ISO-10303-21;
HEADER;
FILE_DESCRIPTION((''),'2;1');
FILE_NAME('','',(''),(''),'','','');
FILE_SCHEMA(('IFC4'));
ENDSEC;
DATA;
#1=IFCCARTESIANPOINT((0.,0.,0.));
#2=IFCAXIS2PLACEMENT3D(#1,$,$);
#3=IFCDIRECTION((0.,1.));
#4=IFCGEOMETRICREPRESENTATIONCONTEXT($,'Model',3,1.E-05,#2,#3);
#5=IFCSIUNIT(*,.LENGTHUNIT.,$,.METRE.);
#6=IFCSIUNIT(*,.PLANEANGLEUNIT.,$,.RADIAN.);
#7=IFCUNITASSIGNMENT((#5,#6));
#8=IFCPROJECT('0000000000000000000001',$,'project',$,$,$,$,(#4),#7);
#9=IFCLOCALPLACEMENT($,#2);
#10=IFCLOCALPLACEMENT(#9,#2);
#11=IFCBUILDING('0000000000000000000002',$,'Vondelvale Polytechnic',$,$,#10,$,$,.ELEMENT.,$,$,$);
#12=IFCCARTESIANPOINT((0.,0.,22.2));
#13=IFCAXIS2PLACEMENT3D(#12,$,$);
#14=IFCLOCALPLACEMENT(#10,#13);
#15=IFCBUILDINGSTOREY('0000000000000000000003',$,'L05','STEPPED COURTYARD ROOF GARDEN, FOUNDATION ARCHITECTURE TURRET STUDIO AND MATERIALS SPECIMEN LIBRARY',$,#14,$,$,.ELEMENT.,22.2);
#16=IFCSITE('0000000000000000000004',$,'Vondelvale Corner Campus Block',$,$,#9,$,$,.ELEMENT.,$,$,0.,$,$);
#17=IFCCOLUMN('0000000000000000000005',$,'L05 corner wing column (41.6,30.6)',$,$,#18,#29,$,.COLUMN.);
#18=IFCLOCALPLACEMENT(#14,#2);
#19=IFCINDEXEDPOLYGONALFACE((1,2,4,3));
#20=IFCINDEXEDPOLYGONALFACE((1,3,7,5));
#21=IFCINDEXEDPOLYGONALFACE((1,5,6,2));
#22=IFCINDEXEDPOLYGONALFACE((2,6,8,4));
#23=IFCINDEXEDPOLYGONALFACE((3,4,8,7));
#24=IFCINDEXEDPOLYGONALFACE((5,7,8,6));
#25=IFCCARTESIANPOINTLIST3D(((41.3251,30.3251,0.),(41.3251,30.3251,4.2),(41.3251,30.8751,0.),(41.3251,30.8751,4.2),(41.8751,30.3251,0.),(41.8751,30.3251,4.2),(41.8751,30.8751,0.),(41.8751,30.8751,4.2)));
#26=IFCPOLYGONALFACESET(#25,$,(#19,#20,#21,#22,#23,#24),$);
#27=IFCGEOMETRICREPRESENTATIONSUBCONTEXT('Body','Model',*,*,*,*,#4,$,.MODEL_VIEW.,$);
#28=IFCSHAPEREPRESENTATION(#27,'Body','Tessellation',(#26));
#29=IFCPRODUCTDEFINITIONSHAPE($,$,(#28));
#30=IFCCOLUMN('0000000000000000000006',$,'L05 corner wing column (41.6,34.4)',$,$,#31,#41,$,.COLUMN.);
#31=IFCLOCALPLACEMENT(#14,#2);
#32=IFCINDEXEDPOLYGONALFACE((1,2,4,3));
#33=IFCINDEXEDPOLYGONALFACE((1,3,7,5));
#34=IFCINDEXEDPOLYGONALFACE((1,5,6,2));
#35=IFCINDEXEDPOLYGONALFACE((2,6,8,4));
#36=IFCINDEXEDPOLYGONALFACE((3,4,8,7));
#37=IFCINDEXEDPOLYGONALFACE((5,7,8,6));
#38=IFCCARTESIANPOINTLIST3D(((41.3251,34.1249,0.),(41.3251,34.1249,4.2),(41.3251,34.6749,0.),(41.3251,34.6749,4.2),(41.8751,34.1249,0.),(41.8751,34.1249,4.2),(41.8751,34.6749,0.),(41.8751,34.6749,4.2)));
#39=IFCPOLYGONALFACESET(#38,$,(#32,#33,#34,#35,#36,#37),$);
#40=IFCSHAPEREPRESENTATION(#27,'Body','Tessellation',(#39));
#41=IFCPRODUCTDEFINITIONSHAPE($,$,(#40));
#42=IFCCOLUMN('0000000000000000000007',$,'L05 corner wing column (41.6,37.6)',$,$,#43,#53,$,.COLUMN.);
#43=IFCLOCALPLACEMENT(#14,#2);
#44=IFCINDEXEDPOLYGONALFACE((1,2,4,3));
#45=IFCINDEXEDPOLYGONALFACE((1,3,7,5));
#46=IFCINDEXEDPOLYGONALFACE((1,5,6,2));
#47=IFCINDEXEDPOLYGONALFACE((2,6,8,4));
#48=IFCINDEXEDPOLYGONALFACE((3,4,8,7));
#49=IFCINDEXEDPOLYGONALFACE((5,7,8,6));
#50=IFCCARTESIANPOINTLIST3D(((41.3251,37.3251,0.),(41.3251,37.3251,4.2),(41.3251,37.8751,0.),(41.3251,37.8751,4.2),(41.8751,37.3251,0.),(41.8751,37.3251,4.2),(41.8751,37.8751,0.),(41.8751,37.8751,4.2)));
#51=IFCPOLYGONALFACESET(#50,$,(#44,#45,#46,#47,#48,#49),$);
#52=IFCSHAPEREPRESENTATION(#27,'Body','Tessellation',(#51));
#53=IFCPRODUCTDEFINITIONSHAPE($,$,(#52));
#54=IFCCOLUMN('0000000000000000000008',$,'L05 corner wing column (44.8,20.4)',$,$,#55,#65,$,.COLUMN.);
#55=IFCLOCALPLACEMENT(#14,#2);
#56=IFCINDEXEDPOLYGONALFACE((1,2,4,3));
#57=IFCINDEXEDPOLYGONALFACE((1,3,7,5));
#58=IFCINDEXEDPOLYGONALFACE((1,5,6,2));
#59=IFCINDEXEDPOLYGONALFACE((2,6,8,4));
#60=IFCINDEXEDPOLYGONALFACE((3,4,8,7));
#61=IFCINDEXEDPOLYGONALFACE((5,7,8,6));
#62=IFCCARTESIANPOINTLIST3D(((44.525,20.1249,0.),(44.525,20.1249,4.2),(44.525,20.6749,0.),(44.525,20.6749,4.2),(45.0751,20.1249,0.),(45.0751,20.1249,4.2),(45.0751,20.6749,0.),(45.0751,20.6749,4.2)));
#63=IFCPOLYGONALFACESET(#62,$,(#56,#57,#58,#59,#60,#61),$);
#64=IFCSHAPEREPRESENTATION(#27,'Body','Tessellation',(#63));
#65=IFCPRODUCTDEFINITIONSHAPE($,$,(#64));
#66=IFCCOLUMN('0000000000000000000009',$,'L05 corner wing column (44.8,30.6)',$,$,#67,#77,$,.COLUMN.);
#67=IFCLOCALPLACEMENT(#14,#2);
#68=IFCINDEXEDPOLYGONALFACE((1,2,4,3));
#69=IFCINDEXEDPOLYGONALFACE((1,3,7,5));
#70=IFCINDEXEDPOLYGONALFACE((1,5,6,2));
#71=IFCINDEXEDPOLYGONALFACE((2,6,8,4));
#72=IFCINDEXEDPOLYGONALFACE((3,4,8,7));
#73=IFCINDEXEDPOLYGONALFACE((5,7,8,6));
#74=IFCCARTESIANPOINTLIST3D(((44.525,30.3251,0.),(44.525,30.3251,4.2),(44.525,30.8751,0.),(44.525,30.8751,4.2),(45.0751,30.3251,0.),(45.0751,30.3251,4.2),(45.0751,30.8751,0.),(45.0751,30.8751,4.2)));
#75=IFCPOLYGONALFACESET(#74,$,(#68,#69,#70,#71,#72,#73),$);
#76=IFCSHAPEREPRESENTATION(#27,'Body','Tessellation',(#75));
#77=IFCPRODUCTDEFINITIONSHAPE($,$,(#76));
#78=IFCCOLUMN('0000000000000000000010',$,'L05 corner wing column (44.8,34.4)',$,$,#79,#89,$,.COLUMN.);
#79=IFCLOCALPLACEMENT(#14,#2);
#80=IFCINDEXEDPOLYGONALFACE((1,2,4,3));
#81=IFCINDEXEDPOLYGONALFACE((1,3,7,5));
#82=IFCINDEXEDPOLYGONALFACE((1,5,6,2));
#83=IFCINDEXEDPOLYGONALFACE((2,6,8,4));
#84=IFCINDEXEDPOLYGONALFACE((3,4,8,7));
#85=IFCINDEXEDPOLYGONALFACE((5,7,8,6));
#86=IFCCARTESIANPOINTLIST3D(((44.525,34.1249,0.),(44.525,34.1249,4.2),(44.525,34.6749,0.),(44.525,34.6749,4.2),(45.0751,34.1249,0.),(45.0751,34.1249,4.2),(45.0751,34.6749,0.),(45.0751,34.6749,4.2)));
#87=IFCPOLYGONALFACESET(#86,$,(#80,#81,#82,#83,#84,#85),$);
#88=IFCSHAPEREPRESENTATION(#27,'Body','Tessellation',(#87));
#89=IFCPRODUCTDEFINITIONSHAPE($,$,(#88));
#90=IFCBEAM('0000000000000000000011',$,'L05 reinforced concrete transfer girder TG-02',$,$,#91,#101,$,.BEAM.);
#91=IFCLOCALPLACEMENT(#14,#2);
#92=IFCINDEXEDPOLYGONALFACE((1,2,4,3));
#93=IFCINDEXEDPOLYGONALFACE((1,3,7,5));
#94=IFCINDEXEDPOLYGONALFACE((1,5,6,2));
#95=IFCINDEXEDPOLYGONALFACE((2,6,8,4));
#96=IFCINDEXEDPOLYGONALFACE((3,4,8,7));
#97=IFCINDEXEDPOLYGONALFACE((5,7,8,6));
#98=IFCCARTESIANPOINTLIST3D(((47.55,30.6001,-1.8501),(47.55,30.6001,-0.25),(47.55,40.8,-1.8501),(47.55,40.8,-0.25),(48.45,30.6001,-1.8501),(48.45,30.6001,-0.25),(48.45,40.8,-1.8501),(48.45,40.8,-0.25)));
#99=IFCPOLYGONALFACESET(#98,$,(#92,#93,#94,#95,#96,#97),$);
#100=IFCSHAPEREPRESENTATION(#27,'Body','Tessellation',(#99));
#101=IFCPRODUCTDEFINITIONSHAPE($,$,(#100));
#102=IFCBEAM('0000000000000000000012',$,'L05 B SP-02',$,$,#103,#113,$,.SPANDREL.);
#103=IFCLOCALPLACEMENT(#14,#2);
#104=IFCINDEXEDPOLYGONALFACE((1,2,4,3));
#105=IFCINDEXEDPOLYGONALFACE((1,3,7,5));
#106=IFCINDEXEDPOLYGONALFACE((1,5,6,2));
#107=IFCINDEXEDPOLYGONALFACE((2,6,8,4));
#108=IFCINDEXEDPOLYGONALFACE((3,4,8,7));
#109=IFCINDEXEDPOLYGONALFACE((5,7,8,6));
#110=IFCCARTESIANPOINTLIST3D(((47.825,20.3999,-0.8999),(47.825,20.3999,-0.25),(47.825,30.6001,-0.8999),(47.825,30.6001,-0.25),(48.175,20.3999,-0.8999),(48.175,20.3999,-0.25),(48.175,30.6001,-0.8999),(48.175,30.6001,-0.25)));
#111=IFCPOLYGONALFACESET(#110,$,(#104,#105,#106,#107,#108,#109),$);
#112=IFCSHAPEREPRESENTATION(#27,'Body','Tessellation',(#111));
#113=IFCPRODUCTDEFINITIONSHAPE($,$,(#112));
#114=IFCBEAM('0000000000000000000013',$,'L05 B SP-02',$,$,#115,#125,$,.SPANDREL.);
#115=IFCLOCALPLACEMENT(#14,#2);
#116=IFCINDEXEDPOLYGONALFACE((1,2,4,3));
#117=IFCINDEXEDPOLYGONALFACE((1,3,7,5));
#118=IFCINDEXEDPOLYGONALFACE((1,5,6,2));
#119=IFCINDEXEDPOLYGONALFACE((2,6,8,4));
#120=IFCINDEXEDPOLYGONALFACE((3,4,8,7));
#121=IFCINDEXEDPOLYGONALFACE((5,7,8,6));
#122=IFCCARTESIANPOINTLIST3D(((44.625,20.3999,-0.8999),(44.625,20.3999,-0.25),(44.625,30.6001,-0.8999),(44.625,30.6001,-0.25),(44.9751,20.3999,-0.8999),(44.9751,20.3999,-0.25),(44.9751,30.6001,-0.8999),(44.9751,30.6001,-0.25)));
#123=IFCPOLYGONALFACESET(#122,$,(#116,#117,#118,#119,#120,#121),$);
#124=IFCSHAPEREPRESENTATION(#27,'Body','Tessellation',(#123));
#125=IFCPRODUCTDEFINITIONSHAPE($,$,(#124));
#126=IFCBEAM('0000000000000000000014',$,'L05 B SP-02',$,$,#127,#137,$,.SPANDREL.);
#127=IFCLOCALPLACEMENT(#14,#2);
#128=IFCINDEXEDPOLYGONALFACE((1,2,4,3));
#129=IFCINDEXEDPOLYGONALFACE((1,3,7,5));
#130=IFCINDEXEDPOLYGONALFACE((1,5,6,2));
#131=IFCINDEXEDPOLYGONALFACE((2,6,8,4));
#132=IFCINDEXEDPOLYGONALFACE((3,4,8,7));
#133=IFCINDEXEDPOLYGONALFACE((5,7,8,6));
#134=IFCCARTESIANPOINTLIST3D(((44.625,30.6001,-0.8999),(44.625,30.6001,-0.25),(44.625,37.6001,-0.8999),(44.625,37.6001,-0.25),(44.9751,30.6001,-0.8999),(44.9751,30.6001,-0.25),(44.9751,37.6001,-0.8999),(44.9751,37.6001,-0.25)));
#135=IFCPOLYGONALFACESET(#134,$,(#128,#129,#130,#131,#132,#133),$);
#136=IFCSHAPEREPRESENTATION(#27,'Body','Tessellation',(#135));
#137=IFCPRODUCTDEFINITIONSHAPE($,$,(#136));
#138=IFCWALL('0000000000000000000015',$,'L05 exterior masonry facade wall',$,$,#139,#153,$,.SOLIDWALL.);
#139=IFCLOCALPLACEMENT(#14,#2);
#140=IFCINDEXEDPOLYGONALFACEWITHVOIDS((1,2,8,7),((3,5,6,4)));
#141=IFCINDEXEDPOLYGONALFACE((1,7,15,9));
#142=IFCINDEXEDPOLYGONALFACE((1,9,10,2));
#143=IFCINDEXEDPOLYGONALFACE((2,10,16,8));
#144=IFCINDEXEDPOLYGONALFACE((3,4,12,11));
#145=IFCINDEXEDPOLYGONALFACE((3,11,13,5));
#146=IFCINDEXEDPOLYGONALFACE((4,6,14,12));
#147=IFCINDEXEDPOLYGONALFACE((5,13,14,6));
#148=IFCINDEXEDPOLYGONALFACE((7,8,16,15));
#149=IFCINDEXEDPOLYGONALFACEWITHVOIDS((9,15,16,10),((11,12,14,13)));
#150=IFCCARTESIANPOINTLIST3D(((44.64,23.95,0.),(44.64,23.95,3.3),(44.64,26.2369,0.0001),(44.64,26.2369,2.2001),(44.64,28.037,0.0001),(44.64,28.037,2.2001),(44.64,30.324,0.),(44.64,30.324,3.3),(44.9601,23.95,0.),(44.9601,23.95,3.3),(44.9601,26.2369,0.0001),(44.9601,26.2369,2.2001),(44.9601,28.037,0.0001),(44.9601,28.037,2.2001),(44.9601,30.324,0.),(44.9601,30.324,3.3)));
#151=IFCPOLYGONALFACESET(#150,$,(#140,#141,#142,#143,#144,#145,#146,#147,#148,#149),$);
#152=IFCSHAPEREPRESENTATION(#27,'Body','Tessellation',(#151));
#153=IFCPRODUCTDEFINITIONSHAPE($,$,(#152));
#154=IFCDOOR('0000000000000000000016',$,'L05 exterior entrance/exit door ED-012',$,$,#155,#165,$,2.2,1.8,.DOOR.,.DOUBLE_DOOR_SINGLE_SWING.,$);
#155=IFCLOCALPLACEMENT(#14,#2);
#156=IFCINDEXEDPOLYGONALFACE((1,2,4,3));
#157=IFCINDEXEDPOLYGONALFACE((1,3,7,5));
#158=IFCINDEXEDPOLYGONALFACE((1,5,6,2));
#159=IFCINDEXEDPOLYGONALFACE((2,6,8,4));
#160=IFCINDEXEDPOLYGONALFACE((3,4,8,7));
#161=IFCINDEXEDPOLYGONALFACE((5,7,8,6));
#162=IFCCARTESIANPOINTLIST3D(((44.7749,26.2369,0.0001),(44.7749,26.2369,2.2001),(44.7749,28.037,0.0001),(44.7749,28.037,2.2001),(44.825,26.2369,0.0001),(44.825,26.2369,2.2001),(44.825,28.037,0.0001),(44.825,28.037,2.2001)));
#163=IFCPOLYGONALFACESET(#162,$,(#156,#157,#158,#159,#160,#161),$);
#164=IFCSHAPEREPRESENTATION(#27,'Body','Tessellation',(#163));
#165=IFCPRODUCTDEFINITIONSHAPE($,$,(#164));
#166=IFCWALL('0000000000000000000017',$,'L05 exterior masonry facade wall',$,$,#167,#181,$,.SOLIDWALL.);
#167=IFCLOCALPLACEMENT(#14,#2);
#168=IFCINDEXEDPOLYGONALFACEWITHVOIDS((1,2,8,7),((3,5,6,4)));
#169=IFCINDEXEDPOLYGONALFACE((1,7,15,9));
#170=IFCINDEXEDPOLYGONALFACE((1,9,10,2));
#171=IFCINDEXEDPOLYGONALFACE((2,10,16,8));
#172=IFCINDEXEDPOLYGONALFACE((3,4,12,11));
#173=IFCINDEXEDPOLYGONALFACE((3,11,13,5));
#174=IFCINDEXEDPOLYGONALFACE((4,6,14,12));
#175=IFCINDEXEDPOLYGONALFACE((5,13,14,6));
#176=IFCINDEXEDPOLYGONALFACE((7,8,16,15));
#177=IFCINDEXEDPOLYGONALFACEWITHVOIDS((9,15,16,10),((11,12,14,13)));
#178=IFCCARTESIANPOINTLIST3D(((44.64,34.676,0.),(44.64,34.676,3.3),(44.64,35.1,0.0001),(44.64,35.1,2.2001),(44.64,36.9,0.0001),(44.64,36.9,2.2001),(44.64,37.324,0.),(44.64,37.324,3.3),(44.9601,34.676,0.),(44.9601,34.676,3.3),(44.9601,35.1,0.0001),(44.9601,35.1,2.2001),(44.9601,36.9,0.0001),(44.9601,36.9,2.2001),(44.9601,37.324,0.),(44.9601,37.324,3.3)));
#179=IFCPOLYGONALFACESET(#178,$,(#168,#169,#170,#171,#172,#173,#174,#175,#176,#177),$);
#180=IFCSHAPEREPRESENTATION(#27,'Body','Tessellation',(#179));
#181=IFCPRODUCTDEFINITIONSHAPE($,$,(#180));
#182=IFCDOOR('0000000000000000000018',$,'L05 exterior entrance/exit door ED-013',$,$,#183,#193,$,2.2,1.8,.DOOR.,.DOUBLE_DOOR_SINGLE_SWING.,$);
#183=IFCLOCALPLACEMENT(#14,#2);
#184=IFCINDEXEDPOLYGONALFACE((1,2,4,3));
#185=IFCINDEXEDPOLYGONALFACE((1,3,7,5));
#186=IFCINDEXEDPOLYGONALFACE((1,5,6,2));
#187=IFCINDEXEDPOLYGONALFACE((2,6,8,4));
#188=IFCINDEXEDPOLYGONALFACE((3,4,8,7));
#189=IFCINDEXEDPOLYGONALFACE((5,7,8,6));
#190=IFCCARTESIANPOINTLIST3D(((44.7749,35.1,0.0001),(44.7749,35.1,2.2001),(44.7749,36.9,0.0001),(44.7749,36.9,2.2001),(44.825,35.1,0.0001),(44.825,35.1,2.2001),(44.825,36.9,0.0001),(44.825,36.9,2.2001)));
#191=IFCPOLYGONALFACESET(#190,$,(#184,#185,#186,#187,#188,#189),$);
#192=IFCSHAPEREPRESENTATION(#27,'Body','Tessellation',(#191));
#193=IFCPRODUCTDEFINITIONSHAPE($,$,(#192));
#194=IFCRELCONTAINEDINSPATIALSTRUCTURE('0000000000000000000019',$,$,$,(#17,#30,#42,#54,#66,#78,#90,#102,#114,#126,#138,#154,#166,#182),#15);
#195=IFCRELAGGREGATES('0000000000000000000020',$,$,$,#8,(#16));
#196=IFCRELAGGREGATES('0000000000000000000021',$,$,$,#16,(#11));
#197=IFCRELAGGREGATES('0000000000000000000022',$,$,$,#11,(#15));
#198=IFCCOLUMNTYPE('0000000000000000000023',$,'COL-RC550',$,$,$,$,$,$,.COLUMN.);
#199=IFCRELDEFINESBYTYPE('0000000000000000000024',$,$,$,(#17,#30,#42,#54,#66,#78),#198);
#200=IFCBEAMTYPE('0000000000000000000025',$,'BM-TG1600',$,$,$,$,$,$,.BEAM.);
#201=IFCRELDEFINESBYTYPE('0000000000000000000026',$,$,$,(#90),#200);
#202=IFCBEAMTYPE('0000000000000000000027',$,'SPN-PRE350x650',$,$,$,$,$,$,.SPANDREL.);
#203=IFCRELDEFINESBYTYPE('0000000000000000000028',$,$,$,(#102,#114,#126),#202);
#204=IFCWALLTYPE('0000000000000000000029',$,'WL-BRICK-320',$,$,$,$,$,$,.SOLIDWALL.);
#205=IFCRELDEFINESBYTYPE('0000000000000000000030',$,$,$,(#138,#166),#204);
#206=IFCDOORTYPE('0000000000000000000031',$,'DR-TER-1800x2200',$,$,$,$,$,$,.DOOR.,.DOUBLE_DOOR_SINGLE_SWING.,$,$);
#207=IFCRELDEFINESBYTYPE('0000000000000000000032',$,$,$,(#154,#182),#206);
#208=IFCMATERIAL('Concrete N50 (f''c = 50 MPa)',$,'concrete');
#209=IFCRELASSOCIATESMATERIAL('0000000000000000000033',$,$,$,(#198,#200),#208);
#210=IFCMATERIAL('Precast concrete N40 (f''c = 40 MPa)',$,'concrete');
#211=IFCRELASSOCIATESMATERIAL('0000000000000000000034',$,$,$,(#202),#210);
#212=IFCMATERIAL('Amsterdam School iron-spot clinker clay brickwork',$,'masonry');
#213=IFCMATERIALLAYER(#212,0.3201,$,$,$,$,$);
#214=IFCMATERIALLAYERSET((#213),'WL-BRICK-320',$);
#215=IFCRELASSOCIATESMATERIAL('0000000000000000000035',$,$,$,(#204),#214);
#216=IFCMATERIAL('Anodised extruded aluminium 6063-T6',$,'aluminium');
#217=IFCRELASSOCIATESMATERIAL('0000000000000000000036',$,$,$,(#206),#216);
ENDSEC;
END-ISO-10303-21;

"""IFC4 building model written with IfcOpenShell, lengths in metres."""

from ifc_helpers import new_model, si_unit, direction, frame, frame_2d, origin, origin_2d, place, context, subcontext, project, spatial, rectangle, extrude, material, layer, layer_set, material_profile, profile_set, type_object, element, fill, save


model = new_model("IFC4")

# Units and contexts
model_context = context("Model", 3, precision=1e-05, world=origin(), true_north=direction((0.0, 1.0)))
body_context = subcontext(model_context, "Body", "Model", "MODEL_VIEW")
ifc_project = project(units=[si_unit("LENGTHUNIT", "METRE"), si_unit("PLANEANGLEUNIT", "RADIAN")], contexts=[model_context])

# Site, building, storey
site_placement = place(None, origin())
site = spatial("IfcSite", under=ifc_project, at=site_placement, Name="Vondelvale Corner Campus Block", CompositionType="ELEMENT", RefElevation=0.0)
building_placement = place(site_placement, origin())
building = spatial("IfcBuilding", under=site, at=building_placement, Name="Vondelvale Polytechnic", CompositionType="ELEMENT")
storey_placement = place(building_placement, frame((0.0, 0.0, 22.2)))
storey = spatial("IfcBuildingStorey", under=building, at=storey_placement, Name="L05", Description="STEPPED COURTYARD ROOF GARDEN, FOUNDATION ARCHITECTURE TURRET STUDIO AND MATERIALS SPECIMEN LIBRARY", CompositionType="ELEMENT", Elevation=22.2)

# Columns
ifc_material_1 = material(Name="Concrete N50 (f'c = 50 MPa)", Category="concrete")
ifc_material_profile_1 = material_profile(ifc_material_1, rectangle(XDim=0.55, YDim=0.55, at=origin_2d()), Name="RC-COL-550x550")
ifc_profile_set_1 = profile_set([ifc_material_profile_1], Name="Concrete N50 (f'c = 50 MPa)")
column_type = type_object("IfcColumnType", Name="COL-RC550", PredefinedType="COLUMN", material=ifc_profile_set_1)
for number, where, z_axis, x_axis, name in (
    (1, (41.6001, 30.6001, 0.0), (0.0, 0.0, 1.0), (1.0, 0.0, 0.0), "L05 corner wing column (41.6,30.6)"),
    (2, (41.6001, 34.3999, 0.0), (0.0, 0.0, 1.0), (1.0, 0.0, 0.0), "L05 corner wing column (41.6,34.4)"),
    (3, (41.6001, 37.6001, 0.0), (0.0, 0.0, 1.0), (1.0, 0.0, 0.0), "L05 corner wing column (41.6,37.6)"),
    (4, (44.8, 20.3999, 0.0), (0.0, 0.0, 1.0), (1.0, 0.0, 0.0), "L05 corner wing column (44.8,20.4)"),
    (5, (44.8, 30.6001, 0.0), (0.0, 0.0, 1.0), (1.0, 0.0, 0.0), "L05 corner wing column (44.8,30.6)"),
    (6, (44.8, 34.3999, 0.0), (0.0, 0.0, 1.0), (1.0, 0.0, 0.0), "L05 corner wing column (44.8,34.4)"),
):
    element("IfcColumn", number, at=place(storey_placement, frame(where, z_axis=z_axis, x_axis=x_axis)), inside=storey, type_object=column_type, Name=name, PredefinedType="COLUMN", context=body_context, shape_type="SweptSolid", body=[
        extrude(rectangle(XDim=0.55, YDim=0.55, at=origin_2d()), origin(), (0.0, 0.0, 1.0), 4.2),
    ])

# Beams
ifc_material_profile_2 = material_profile(ifc_material_1, rectangle(XDim=0.8999, YDim=1.6001, at=origin_2d()), Name="RC-TG-900x1600")
ifc_profile_set_2 = profile_set([ifc_material_profile_2], Name="Concrete N50 (f'c = 50 MPa)")
beam_type_1 = type_object("IfcBeamType", Name="BM-TG1600", PredefinedType="BEAM", material=ifc_profile_set_2)
beam_1_placement = place(storey_placement, frame((48.0, 30.6001, -1.05), z_axis=(0.0, 1.0, 0.0), x_axis=(-1.0, 0.0, 0.0)))
element("IfcBeam", 7, at=beam_1_placement, inside=storey, type_object=beam_type_1, Name="L05 reinforced concrete transfer girder TG-02", PredefinedType="BEAM", context=body_context, shape_type="SweptSolid", body=[
    extrude(rectangle(XDim=0.8999, YDim=1.6001, at=origin_2d()), origin(), (0.0, 0.0, 1.0), 10.2),
])
ifc_material_2 = material(Name="Precast concrete N40 (f'c = 40 MPa)", Category="concrete")
ifc_material_profile_3 = material_profile(ifc_material_2, rectangle(XDim=0.3501, YDim=0.6499, at=origin_2d()), Name="RC-SPN-350x650")
ifc_profile_set_3 = profile_set([ifc_material_profile_3], Name="Precast concrete N40 (f'c = 40 MPa)")
beam_type_2 = type_object("IfcBeamType", Name="SPN-PRE350x650", PredefinedType="SPANDREL", material=ifc_profile_set_3)
for number, where, z_axis, x_axis, name in (
    (8, (48.0, 20.3999, -0.575), (0.0, 1.0, 0.0), (-1.0, 0.0, 0.0), "L05 B SP-02"),
    (9, (44.8, 20.3999, -0.575), (0.0, 1.0, 0.0), (-1.0, 0.0, 0.0), "L05 B SP-02"),
):
    element("IfcBeam", number, at=place(storey_placement, frame(where, z_axis=z_axis, x_axis=x_axis)), inside=storey, type_object=beam_type_2, Name=name, PredefinedType="SPANDREL", context=body_context, shape_type="SweptSolid", body=[
        extrude(rectangle(XDim=0.3501, YDim=0.6499, at=origin_2d()), origin(), (0.0, 0.0, 1.0), 10.2002),
    ])
beam_2_placement = place(storey_placement, frame((44.8, 30.6001, -0.575), z_axis=(0.0, 1.0, 0.0), x_axis=(-1.0, 0.0, 0.0)))
element("IfcBeam", 10, at=beam_2_placement, inside=storey, type_object=beam_type_2, Name="L05 B SP-02", PredefinedType="SPANDREL", context=body_context, shape_type="SweptSolid", body=[
    extrude(rectangle(XDim=0.3501, YDim=0.6499, at=origin_2d()), origin(), (0.0, 0.0, 1.0), 7.0),
])

# Walls, openings, doors
ifc_material_3 = material(Name="Amsterdam School iron-spot clinker clay brickwork", Category="masonry")
ifc_layer_1 = layer(ifc_material_3, 0.3201)
ifc_layer_set_1 = layer_set([ifc_layer_1], Name="WL-BRICK-320")
wall_type = type_object("IfcWallType", Name="WL-BRICK-320", PredefinedType="SOLIDWALL", material=ifc_layer_set_1)
ifc_material_4 = material(Name="Anodised extruded aluminium 6063-T6", Category="aluminium")
wall_1_placement = place(storey_placement, frame((44.8, 30.324, 0.0), z_axis=(0.0, 0.0, 1.0), x_axis=(0.0, -1.0, 0.0)))
wall_1 = element("IfcWall", 11, at=wall_1_placement, inside=storey, type_object=wall_type, Name="L05 exterior masonry facade wall", PredefinedType="SOLIDWALL", context=body_context, shape_type="SweptSolid", body=[
    extrude(rectangle(XDim=6.374, YDim=0.3201, at=frame_2d((3.187, 0.0))), origin(), (0.0, 0.0, 1.0), 3.3),
])
opening_1_placement = place(wall_1_placement, frame((2.2871, 0.0, 0.0)))
opening_1 = element("IfcOpeningElement", 12, at=opening_1_placement, cuts=wall_1, PredefinedType="OPENING", context=body_context, shape_type="SweptSolid", body=[
    extrude(rectangle(XDim=1.8, YDim=2.2, at=frame_2d((0.8999, 1.1001))), frame((0.0, 0.1699, 0.0), z_axis=(0.0, -1.0, 0.0), x_axis=(1.0, 0.0, 0.0)), (0.0, 0.0, 1.0), 0.3401),
])
door_type_1 = type_object("IfcDoorType", Name="DR-TER-1800x2200", OperationType="DOUBLE_DOOR_SINGLE_SWING", PredefinedType="DOOR", material=ifc_material_4)
door_1_placement = place(opening_1_placement, origin())
door_1 = element("IfcDoor", 13, at=door_1_placement, inside=storey, type_object=door_type_1, Name="L05 exterior entrance/exit door ED-012", OperationType="DOUBLE_DOOR_SINGLE_SWING", OverallHeight=2.2, OverallWidth=1.8, PredefinedType="DOOR", context=body_context, shape_type="SweptSolid", body=[
    extrude(rectangle(XDim=1.8, YDim=2.2, at=frame_2d((0.8999, 1.1001))), frame((0.0, 0.0249, 0.0), z_axis=(0.0, -1.0, 0.0), x_axis=(1.0, 0.0, 0.0)), (0.0, 0.0, 1.0), 0.05),
])
fill(opening_1, door_1)
wall_2_placement = place(storey_placement, frame((44.8, 37.324, 0.0), z_axis=(0.0, 0.0, 1.0), x_axis=(0.0, -1.0, 0.0)))
wall_2 = element("IfcWall", 14, at=wall_2_placement, inside=storey, type_object=wall_type, Name="L05 exterior masonry facade wall", PredefinedType="SOLIDWALL", context=body_context, shape_type="SweptSolid", body=[
    extrude(rectangle(XDim=2.6479, YDim=0.3201, at=frame_2d((1.324, 0.0))), origin(), (0.0, 0.0, 1.0), 3.3),
])
opening_2_placement = place(wall_2_placement, frame((0.4241, 0.0, 0.0)))
opening_2 = element("IfcOpeningElement", 15, at=opening_2_placement, cuts=wall_2, PredefinedType="OPENING", context=body_context, shape_type="SweptSolid", body=[
    extrude(rectangle(XDim=1.8, YDim=2.2, at=frame_2d((0.8999, 1.1001))), frame((0.0, 0.1699, 0.0), z_axis=(0.0, -1.0, 0.0), x_axis=(1.0, 0.0, 0.0)), (0.0, 0.0, 1.0), 0.3401),
])
door_2_placement = place(opening_2_placement, origin())
door_2 = element("IfcDoor", 16, at=door_2_placement, inside=storey, type_object=door_type_1, Name="L05 exterior entrance/exit door ED-013", OperationType="DOUBLE_DOOR_SINGLE_SWING", OverallHeight=2.2, OverallWidth=1.8, PredefinedType="DOOR", context=body_context, shape_type="SweptSolid", body=[
    extrude(rectangle(XDim=1.8, YDim=2.2, at=frame_2d((0.8999, 1.1001))), frame((0.0, 0.0249, 0.0), z_axis=(0.0, -1.0, 0.0), x_axis=(1.0, 0.0, 0.0)), (0.0, 0.0, 1.0), 0.05),
])
fill(opening_2, door_2)

save(model, "model.ifc")
